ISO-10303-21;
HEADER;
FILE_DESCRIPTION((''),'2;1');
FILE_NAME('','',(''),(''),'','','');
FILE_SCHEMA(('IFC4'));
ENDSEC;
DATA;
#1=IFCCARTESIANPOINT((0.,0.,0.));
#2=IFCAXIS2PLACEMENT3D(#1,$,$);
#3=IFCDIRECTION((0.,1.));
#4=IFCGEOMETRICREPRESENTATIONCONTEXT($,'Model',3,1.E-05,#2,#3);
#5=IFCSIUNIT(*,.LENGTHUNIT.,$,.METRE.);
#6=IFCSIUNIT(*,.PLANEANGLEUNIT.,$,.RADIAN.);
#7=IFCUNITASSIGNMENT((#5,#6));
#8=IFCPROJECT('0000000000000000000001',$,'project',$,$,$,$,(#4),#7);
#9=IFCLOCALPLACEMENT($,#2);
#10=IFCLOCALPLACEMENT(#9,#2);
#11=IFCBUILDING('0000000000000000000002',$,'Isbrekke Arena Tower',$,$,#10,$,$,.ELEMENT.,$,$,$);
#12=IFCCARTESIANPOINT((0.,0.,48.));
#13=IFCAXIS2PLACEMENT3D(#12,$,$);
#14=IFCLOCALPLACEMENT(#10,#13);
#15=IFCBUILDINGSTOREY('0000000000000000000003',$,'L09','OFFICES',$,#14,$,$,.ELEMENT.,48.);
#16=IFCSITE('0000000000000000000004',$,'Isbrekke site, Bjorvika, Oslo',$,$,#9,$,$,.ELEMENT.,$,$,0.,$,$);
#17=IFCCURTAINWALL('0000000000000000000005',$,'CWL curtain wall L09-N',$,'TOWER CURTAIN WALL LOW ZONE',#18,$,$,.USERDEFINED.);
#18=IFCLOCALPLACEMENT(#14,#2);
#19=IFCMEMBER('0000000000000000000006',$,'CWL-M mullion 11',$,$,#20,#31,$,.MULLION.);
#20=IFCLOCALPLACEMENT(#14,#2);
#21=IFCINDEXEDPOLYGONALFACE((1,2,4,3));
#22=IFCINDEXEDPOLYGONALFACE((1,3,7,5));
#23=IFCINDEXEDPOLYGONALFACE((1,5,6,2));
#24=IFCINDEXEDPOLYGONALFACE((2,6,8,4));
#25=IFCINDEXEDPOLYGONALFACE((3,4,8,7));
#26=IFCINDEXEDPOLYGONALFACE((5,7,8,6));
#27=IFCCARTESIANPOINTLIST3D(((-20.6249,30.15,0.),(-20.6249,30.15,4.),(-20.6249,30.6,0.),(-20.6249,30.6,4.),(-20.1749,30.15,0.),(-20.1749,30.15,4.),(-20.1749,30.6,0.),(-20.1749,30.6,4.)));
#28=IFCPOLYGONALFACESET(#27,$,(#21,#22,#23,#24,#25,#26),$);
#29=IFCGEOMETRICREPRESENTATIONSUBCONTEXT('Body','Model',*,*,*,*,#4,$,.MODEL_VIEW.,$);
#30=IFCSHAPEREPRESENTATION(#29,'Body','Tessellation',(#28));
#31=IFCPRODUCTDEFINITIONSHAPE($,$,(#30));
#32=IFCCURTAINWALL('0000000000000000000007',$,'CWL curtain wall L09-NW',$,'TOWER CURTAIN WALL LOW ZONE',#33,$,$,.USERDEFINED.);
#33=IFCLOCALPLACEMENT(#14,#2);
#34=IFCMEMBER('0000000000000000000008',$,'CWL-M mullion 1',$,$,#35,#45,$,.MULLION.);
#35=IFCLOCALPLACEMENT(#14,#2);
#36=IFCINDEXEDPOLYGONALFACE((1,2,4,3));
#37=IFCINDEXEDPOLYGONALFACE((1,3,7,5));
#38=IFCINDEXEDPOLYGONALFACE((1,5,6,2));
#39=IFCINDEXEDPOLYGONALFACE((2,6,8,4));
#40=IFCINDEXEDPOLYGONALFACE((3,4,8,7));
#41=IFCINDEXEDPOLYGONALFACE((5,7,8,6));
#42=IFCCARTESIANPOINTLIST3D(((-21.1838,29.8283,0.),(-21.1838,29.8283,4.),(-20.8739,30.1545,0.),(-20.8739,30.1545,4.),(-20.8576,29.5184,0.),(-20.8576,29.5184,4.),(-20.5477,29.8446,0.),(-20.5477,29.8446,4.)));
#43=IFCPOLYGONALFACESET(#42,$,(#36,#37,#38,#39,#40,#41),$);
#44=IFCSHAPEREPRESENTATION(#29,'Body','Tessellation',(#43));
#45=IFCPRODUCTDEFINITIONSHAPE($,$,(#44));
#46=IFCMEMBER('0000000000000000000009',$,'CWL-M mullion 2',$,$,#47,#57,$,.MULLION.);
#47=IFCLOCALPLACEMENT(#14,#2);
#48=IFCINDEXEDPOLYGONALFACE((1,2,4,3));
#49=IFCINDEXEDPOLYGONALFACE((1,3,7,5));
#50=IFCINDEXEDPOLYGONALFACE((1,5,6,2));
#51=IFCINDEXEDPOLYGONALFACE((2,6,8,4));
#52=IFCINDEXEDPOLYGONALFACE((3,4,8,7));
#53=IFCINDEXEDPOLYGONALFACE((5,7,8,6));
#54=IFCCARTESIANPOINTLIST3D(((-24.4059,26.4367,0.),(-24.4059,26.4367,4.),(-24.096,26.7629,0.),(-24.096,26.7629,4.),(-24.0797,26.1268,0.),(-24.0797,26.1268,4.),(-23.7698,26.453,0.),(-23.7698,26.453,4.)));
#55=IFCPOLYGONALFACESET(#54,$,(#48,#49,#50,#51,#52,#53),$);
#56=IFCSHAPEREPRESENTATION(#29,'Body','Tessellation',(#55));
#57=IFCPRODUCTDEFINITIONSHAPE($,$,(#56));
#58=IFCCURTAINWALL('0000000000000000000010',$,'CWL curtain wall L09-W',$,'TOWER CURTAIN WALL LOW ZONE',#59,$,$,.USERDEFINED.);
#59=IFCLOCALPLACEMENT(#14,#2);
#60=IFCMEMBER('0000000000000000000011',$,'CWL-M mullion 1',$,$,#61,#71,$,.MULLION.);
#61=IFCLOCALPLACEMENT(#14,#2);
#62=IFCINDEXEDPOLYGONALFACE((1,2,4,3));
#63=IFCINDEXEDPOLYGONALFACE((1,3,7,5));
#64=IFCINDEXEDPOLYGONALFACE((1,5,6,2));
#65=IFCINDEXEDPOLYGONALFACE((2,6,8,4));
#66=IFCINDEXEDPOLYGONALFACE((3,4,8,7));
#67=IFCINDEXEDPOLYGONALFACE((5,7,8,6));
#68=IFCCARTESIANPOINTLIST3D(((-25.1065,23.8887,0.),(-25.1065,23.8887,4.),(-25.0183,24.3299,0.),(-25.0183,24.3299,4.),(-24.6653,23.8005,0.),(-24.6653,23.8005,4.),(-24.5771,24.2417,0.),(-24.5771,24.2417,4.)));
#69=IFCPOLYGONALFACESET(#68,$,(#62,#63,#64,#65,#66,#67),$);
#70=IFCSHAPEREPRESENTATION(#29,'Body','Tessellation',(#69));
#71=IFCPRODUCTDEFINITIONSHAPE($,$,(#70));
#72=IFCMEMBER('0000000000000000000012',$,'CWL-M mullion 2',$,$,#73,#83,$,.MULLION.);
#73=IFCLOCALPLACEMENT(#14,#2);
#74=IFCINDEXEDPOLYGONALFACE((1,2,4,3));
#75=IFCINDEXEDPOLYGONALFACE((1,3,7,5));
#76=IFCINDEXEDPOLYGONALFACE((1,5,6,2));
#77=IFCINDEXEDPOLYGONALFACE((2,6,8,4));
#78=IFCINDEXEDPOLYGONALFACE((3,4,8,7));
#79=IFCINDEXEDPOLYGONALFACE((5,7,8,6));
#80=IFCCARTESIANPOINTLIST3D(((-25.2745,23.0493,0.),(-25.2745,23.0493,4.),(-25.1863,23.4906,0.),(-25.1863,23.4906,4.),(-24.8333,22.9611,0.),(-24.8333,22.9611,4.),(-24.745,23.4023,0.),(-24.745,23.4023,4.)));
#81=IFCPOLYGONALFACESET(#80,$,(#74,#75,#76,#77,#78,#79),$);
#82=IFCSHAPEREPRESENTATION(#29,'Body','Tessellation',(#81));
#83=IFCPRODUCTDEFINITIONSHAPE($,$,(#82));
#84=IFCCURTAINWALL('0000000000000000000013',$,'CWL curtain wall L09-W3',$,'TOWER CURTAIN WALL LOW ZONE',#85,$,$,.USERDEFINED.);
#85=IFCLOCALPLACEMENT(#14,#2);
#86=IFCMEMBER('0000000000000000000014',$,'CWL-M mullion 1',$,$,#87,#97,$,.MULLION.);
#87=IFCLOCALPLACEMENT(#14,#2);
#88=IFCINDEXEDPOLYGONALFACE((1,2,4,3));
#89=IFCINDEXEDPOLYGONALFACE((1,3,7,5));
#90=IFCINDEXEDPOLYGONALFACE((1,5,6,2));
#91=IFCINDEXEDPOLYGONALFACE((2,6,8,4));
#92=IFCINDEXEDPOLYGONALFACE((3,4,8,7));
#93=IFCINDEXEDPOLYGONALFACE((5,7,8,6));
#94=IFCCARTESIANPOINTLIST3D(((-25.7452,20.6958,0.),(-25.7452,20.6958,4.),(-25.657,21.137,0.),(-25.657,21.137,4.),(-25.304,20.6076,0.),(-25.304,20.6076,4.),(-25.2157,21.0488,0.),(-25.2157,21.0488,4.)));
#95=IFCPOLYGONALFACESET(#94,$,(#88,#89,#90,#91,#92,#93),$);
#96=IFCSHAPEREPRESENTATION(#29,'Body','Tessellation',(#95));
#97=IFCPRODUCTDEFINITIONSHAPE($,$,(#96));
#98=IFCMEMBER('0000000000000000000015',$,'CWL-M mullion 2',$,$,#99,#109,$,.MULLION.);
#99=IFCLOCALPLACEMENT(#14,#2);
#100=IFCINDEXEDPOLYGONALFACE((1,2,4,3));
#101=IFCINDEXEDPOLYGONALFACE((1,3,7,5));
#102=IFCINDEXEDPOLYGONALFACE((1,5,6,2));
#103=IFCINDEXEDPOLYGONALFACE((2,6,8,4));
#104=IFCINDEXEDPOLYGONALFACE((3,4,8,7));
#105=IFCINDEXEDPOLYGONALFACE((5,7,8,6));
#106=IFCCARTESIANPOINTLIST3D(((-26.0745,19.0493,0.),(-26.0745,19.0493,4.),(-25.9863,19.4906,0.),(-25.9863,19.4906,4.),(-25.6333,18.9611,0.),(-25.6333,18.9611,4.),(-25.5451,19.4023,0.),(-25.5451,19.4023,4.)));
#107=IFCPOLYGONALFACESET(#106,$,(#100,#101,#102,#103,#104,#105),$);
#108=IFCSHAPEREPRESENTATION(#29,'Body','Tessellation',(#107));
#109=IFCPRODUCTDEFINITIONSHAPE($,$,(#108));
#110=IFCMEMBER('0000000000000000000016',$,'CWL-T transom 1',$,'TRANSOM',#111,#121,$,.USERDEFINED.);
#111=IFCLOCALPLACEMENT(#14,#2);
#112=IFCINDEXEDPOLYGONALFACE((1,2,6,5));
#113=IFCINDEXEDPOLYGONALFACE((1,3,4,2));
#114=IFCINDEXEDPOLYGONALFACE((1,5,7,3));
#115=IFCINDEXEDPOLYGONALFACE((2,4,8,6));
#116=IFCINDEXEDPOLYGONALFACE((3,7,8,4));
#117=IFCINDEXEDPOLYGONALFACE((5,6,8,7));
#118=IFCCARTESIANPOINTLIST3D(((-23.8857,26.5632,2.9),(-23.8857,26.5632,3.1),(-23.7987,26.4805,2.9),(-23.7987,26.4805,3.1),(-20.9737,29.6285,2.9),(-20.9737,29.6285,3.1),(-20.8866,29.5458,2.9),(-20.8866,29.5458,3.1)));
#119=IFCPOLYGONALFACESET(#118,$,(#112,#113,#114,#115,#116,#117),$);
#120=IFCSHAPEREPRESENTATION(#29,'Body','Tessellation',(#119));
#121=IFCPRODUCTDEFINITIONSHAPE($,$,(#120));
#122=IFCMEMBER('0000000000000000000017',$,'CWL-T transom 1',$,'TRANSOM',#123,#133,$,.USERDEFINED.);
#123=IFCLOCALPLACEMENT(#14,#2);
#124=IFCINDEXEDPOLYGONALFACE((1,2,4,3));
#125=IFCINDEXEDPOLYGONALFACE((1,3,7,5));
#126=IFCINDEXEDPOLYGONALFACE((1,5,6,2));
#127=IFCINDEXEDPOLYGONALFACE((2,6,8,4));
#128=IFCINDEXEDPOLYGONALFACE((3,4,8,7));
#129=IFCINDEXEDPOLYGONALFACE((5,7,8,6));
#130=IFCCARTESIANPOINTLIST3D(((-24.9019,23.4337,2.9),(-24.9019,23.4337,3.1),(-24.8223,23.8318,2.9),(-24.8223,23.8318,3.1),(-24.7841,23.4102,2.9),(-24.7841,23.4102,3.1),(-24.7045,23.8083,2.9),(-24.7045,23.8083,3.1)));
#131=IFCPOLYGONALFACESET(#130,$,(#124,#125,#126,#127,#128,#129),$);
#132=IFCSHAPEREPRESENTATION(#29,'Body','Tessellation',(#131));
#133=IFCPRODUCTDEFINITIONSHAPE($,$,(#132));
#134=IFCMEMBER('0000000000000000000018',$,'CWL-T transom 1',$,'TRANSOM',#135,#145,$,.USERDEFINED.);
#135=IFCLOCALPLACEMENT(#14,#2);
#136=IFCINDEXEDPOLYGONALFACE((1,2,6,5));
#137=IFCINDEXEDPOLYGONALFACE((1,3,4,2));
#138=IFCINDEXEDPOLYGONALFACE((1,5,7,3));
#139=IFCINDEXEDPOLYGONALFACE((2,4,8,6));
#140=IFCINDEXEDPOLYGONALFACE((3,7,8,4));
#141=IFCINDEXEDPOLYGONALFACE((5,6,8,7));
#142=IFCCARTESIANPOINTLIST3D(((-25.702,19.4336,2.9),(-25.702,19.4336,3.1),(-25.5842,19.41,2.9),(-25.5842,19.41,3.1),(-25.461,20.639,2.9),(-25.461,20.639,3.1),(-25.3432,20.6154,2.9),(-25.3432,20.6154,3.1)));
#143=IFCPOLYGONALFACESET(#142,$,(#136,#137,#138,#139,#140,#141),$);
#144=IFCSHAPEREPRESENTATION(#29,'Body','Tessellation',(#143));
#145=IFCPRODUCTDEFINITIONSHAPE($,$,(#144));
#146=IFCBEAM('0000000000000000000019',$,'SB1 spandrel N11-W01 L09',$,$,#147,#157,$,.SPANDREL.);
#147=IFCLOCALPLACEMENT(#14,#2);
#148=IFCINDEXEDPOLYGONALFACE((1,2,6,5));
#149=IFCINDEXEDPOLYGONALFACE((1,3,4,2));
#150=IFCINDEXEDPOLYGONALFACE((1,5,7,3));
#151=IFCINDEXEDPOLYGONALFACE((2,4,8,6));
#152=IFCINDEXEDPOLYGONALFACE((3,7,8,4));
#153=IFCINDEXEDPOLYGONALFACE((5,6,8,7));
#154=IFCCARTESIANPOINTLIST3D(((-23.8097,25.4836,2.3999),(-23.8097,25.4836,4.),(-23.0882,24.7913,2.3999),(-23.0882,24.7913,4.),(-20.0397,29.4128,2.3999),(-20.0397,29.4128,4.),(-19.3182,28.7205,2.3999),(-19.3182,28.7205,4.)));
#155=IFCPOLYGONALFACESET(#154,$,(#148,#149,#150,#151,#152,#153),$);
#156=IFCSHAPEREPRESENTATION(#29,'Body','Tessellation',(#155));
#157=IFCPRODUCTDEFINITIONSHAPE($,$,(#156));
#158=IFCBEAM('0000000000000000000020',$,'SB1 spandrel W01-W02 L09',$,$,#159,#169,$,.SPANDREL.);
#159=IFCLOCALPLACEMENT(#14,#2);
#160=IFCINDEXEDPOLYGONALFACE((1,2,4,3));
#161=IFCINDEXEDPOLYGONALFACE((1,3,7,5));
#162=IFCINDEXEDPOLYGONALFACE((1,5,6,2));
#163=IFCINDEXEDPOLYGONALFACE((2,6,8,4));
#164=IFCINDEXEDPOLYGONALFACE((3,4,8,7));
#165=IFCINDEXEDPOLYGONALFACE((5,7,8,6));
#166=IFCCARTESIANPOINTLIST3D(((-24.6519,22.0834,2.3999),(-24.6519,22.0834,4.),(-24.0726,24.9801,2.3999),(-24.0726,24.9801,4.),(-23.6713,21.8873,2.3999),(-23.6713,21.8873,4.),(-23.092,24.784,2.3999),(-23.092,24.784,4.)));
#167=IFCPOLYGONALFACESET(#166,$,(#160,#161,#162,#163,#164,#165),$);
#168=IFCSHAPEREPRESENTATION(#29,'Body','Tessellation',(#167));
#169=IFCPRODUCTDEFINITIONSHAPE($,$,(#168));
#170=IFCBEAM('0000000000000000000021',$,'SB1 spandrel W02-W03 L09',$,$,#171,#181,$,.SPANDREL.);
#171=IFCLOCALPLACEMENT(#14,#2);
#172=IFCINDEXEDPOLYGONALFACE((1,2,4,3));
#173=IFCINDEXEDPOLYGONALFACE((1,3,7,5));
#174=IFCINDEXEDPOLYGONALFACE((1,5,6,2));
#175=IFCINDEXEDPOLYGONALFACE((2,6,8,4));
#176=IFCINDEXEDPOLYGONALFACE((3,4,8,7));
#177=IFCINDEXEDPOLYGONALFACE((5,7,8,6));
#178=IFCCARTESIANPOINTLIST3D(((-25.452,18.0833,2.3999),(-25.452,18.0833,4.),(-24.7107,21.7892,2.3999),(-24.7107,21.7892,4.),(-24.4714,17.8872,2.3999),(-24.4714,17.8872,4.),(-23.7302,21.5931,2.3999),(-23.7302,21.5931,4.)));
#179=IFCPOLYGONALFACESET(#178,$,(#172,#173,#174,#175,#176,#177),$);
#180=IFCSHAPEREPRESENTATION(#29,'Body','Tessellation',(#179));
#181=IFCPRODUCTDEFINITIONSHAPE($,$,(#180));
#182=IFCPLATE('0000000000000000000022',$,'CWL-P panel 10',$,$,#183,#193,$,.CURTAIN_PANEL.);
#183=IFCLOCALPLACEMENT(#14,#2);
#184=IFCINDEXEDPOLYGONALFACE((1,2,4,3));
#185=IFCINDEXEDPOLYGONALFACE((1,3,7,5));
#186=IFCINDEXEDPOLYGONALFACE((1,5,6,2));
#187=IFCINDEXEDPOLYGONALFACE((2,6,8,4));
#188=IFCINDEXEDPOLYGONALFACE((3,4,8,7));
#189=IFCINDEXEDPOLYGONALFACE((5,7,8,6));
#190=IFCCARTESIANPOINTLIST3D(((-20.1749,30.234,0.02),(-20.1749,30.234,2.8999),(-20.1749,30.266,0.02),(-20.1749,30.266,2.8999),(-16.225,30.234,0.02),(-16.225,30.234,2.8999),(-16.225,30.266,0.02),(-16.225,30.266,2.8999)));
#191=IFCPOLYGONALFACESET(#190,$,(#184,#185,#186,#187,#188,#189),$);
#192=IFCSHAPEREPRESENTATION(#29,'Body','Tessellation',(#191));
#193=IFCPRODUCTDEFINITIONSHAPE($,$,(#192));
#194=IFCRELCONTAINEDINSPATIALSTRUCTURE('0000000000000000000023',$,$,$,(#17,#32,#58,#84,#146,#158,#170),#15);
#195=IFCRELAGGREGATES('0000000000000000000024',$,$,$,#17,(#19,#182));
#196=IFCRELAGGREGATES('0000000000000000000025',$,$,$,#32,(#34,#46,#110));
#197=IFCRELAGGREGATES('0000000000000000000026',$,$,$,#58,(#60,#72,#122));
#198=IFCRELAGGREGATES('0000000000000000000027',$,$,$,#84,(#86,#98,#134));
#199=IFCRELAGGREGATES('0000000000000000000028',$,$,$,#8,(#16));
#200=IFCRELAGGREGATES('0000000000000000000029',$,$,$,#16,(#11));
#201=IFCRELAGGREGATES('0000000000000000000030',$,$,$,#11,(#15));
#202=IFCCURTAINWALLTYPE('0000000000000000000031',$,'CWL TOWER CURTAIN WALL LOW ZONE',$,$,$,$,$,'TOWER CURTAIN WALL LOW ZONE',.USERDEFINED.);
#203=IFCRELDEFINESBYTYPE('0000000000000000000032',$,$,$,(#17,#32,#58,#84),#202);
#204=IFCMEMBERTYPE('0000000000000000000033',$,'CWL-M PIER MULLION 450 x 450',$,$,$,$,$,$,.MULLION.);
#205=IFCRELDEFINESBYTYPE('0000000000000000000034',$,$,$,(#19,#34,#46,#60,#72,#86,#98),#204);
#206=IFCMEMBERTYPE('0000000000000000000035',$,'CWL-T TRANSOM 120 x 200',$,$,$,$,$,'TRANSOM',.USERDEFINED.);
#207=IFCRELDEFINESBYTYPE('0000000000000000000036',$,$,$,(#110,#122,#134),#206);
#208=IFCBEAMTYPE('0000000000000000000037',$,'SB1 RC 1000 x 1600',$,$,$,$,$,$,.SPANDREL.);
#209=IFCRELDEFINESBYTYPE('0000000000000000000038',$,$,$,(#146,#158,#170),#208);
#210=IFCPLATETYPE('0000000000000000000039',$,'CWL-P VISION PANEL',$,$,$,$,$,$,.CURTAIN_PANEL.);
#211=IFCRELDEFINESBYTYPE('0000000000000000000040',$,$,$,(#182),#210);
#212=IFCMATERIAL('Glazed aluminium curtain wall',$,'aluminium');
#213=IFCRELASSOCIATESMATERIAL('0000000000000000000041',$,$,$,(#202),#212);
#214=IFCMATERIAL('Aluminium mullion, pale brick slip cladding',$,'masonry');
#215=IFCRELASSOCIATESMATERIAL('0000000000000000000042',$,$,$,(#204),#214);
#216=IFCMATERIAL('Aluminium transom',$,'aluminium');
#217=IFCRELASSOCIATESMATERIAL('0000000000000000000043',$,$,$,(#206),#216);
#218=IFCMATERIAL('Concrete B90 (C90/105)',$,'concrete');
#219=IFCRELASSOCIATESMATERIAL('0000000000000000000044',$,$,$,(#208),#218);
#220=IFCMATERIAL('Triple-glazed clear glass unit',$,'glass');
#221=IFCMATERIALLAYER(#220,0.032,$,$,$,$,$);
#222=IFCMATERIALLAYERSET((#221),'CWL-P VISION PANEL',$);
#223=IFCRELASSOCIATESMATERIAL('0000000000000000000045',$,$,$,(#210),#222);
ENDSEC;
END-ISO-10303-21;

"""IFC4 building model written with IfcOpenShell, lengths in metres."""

from ifc_helpers import new_model, si_unit, direction, frame, origin, origin_2d, place, context, subcontext, project, spatial, rectangle, extrude, material, layer, layer_set, material_profile, profile_set, type_object, element, aggregate, save


model = new_model("IFC4")

# Units and contexts
model_context = context("Model", 3, precision=1e-05, world=origin(), true_north=direction((0.0, 1.0)))
body_context = subcontext(model_context, "Body", "Model", "MODEL_VIEW")
ifc_project = project(units=[si_unit("LENGTHUNIT", "METRE"), si_unit("PLANEANGLEUNIT", "RADIAN")], contexts=[model_context])

# Site, building, storey
site_placement = place(None, origin())
site = spatial("IfcSite", under=ifc_project, at=site_placement, Name="Isbrekke site, Bjorvika, Oslo", CompositionType="ELEMENT", RefElevation=0.0)
building_placement = place(site_placement, origin())
building = spatial("IfcBuilding", under=site, at=building_placement, Name="Isbrekke Arena Tower", CompositionType="ELEMENT")
storey_placement = place(building_placement, frame((0.0, 0.0, 48.0)))
storey = spatial("IfcBuildingStorey", under=building, at=storey_placement, Name="L09", Description="OFFICES", CompositionType="ELEMENT", Elevation=48.0)

# Curtain wall, member
ifc_material_1 = material(Name="Glazed aluminium curtain wall", Category="aluminium")
curtain_wall_type = type_object("IfcCurtainWallType", Name="CWL TOWER CURTAIN WALL LOW ZONE", ElementType="TOWER CURTAIN WALL LOW ZONE", PredefinedType="USERDEFINED", material=ifc_material_1)
curtain_wall_1_placement = place(storey_placement, origin())
curtain_wall_1 = element("IfcCurtainWall", 1, at=curtain_wall_1_placement, inside=storey, type_object=curtain_wall_type, Name="CWL curtain wall L09-N", ObjectType="TOWER CURTAIN WALL LOW ZONE", PredefinedType="USERDEFINED")
ifc_material_2 = material(Name="Aluminium mullion, pale brick slip cladding", Category="masonry")
ifc_material_profile_1 = material_profile(ifc_material_2, rectangle(XDim=0.45, YDim=0.45, at=origin_2d()), Name="PIER 450X450")
ifc_profile_set_1 = profile_set([ifc_material_profile_1], Name="Aluminium mullion, pale brick slip cladding")
member_type_1 = type_object("IfcMemberType", Name="CWL-M PIER MULLION 450 x 450", PredefinedType="MULLION", material=ifc_profile_set_1)
member_1_placement = place(storey_placement, frame((-20.3999, 30.375, 0.0), z_axis=(0.0, 0.0, 1.0), x_axis=(-1.0, 0.0, 0.0)))
member_1 = element("IfcMember", 2, at=member_1_placement, type_object=member_type_1, Name="CWL-M mullion 11", PredefinedType="MULLION", context=body_context, shape_type="SweptSolid", body=[
    extrude(rectangle(XDim=0.45, YDim=0.45, at=origin_2d()), origin(), (0.0, 0.0, 1.0), 4.0),
])

# Curtain walls, members
curtain_wall_2_placement = place(storey_placement, origin())
curtain_wall_2 = element("IfcCurtainWall", 3, at=curtain_wall_2_placement, inside=storey, type_object=curtain_wall_type, Name="CWL curtain wall L09-NW", ObjectType="TOWER CURTAIN WALL LOW ZONE", PredefinedType="USERDEFINED")
member_2_placement = place(storey_placement, frame((-20.8657, 29.8364, 0.0), z_axis=(0.0, 0.0, 1.0), x_axis=(-0.688749, -0.724999, 0.0)))
member_2 = element("IfcMember", 4, at=member_2_placement, type_object=member_type_1, Name="CWL-M mullion 1", PredefinedType="MULLION", context=body_context, shape_type="SweptSolid", body=[
    extrude(rectangle(XDim=0.45, YDim=0.45, at=origin_2d()), origin(), (0.0, 0.0, 1.0), 4.0),
])
member_3_placement = place(storey_placement, frame((-24.0879, 26.4448, 0.0), z_axis=(0.0, 0.0, 1.0), x_axis=(-0.688749, -0.724999, 0.0)))
member_3 = element("IfcMember", 5, at=member_3_placement, type_object=member_type_1, Name="CWL-M mullion 2", PredefinedType="MULLION", context=body_context, shape_type="SweptSolid", body=[
    extrude(rectangle(XDim=0.45, YDim=0.45, at=origin_2d()), origin(), (0.0, 0.0, 1.0), 4.0),
])
curtain_wall_3_placement = place(storey_placement, origin())
curtain_wall_3 = element("IfcCurtainWall", 6, at=curtain_wall_3_placement, inside=storey, type_object=curtain_wall_type, Name="CWL curtain wall L09-W", ObjectType="TOWER CURTAIN WALL LOW ZONE", PredefinedType="USERDEFINED")
member_4_placement = place(storey_placement, frame((-24.8418, 24.0652, 0.0), z_axis=(0.0, 0.0, 1.0), x_axis=(-0.196116, -0.980581, 0.0)))
member_4 = element("IfcMember", 7, at=member_4_placement, type_object=member_type_1, Name="CWL-M mullion 1", PredefinedType="MULLION", context=body_context, shape_type="SweptSolid", body=[
    extrude(rectangle(XDim=0.45, YDim=0.45, at=origin_2d()), origin(), (0.0, 0.0, 1.0), 4.0),
])
member_5_placement = place(storey_placement, frame((-25.0098, 23.2258, 0.0), z_axis=(0.0, 0.0, 1.0), x_axis=(-0.196116, -0.980581, 0.0)))
member_5 = element("IfcMember", 8, at=member_5_placement, type_object=member_type_1, Name="CWL-M mullion 2", PredefinedType="MULLION", context=body_context, shape_type="SweptSolid", body=[
    extrude(rectangle(XDim=0.45, YDim=0.45, at=origin_2d()), origin(), (0.0, 0.0, 1.0), 4.0),
])
curtain_wall_4_placement = place(storey_placement, origin())
curtain_wall_4 = element("IfcCurtainWall", 9, at=curtain_wall_4_placement, inside=storey, type_object=curtain_wall_type, Name="CWL curtain wall L09-W3", ObjectType="TOWER CURTAIN WALL LOW ZONE", PredefinedType="USERDEFINED")
member_6_placement = place(storey_placement, frame((-25.4805, 20.8723, 0.0), z_axis=(0.0, 0.0, 1.0), x_axis=(-0.196116, -0.980581, 0.0)))
member_6 = element("IfcMember", 10, at=member_6_placement, type_object=member_type_1, Name="CWL-M mullion 1", PredefinedType="MULLION", context=body_context, shape_type="SweptSolid", body=[
    extrude(rectangle(XDim=0.45, YDim=0.45, at=origin_2d()), origin(), (0.0, 0.0, 1.0), 4.0),
])
member_7_placement = place(storey_placement, frame((-25.8098, 19.2258, 0.0), z_axis=(0.0, 0.0, 1.0), x_axis=(-0.196116, -0.980581, 0.0)))
member_7 = element("IfcMember", 11, at=member_7_placement, type_object=member_type_1, Name="CWL-M mullion 2", PredefinedType="MULLION", context=body_context, shape_type="SweptSolid", body=[
    extrude(rectangle(XDim=0.45, YDim=0.45, at=origin_2d()), origin(), (0.0, 0.0, 1.0), 4.0),
])

# Members
ifc_material_3 = material(Name="Aluminium transom", Category="aluminium")
ifc_material_profile_2 = material_profile(ifc_material_3, rectangle(XDim=0.1201, YDim=0.2, at=origin_2d()), Name="TRANSOM 120X200")
ifc_profile_set_2 = profile_set([ifc_material_profile_2], Name="Aluminium transom")
member_type_2 = type_object("IfcMemberType", Name="CWL-T TRANSOM 120 x 200", ElementType="TRANSOM", PredefinedType="USERDEFINED", material=ifc_profile_set_2)
member_8_placement = place(storey_placement, frame((-20.9302, 29.5872, 3.0), z_axis=(-0.688743, -0.725005, 0.0), x_axis=(0.725005, -0.688743, 0.0)))
member_8 = element("IfcMember", 12, at=member_8_placement, type_object=member_type_2, Name="CWL-T transom 1", ObjectType="TRANSOM", PredefinedType="USERDEFINED", context=body_context, shape_type="SweptSolid", body=[
    extrude(rectangle(XDim=0.1201, YDim=0.2, at=origin_2d()), origin(), (0.0, 0.0, 1.0), 4.228),
])
member_9_placement = place(storey_placement, frame((-24.7634, 23.8201, 3.0), z_axis=(-0.196001, -0.980604, 0.0), x_axis=(0.980604, -0.196001, 0.0)))
member_9 = element("IfcMember", 13, at=member_9_placement, type_object=member_type_2, Name="CWL-T transom 1", ObjectType="TRANSOM", PredefinedType="USERDEFINED", context=body_context, shape_type="SweptSolid", body=[
    extrude(rectangle(XDim=0.1201, YDim=0.2, at=origin_2d()), origin(), (0.0, 0.0, 1.0), 0.406),
])
member_10_placement = place(storey_placement, frame((-25.4021, 20.6272, 3.0), z_axis=(-0.19604, -0.980596, 0.0), x_axis=(0.980596, -0.19604, 0.0)))
member_10 = element("IfcMember", 14, at=member_10_placement, type_object=member_type_2, Name="CWL-T transom 1", ObjectType="TRANSOM", PredefinedType="USERDEFINED", context=body_context, shape_type="SweptSolid", body=[
    extrude(rectangle(XDim=0.1201, YDim=0.2, at=origin_2d()), origin(), (0.0, 0.0, 1.0), 1.2292),
])

# Beams
ifc_material_4 = material(Name="Concrete B90 (C90/105)", Category="concrete")
ifc_material_profile_3 = material_profile(ifc_material_4, rectangle(XDim=1.0, YDim=1.6001, at=origin_2d()), Name="RC 1000x1600")
ifc_profile_set_3 = profile_set([ifc_material_profile_3], Name="Concrete B90 (C90/105)")
beam_type_1 = type_object("IfcBeamType", Name="SB1 RC 1000 x 1600", PredefinedType="SPANDREL", material=ifc_profile_set_3)
beam_1_placement = place(storey_placement, frame((-19.679, 29.0667, 3.2), z_axis=(-0.69234, -0.721572, 0.0), x_axis=(0.721572, -0.69234, 0.0)))
element("IfcBeam", 15, at=beam_1_placement, inside=storey, type_object=beam_type_1, Name="SB1 spandrel N11-W01 L09", PredefinedType="SPANDREL", context=body_context, shape_type="SweptSolid", body=[
    extrude(rectangle(XDim=1.0, YDim=1.6001, at=origin_2d()), origin(), (0.0, 0.0, 1.0), 5.4453),
])
beam_2_placement = place(storey_placement, frame((-23.5823, 24.8821, 3.2), z_axis=(-0.196116, -0.980581, 0.0), x_axis=(0.980581, -0.196116, 0.0)))
element("IfcBeam", 16, at=beam_2_placement, inside=storey, type_object=beam_type_1, Name="SB1 spandrel W01-W02 L09", PredefinedType="SPANDREL", context=body_context, shape_type="SweptSolid", body=[
    extrude(rectangle(XDim=1.0, YDim=1.6001, at=origin_2d()), origin(), (0.0, 0.0, 1.0), 2.9541),
])
beam_3_placement = place(storey_placement, frame((-24.2205, 21.6912, 3.2), z_axis=(-0.196129, -0.980578, 0.0), x_axis=(0.980578, -0.196129, 0.0)))
element("IfcBeam", 17, at=beam_3_placement, inside=storey, type_object=beam_type_1, Name="SB1 spandrel W02-W03 L09", PredefinedType="SPANDREL", context=body_context, shape_type="SweptSolid", body=[
    extrude(rectangle(XDim=1.0, YDim=1.6001, at=origin_2d()), origin(), (0.0, 0.0, 1.0), 3.7793),
])

# Plate
ifc_material_5 = material(Name="Triple-glazed clear glass unit", Category="glass")
ifc_layer_1 = layer(ifc_material_5, 0.032)
ifc_layer_set_1 = layer_set([ifc_layer_1], Name="CWL-P VISION PANEL")
plate_type = type_object("IfcPlateType", Name="CWL-P VISION PANEL", PredefinedType="CURTAIN_PANEL", material=ifc_layer_set_1)
plate_1_placement = place(storey_placement, frame((-18.2, 30.25, 0.02), z_axis=(0.0, 0.0, 1.0), x_axis=(-1.0, 0.0, 0.0)))
plate_1 = element("IfcPlate", 18, at=plate_1_placement, type_object=plate_type, Name="CWL-P panel 10", PredefinedType="CURTAIN_PANEL", context=body_context, shape_type="SweptSolid", body=[
    extrude(rectangle(XDim=3.95, YDim=0.032, at=origin_2d()), origin(), (0.0, 0.0, 1.0), 2.8799),
])
aggregate(curtain_wall_1, [member_1, plate_1])
aggregate(curtain_wall_2, [member_2, member_3, member_8])
aggregate(curtain_wall_3, [member_4, member_5, member_9])
aggregate(curtain_wall_4, [member_6, member_7, member_10])

save(model, "model.ifc")
